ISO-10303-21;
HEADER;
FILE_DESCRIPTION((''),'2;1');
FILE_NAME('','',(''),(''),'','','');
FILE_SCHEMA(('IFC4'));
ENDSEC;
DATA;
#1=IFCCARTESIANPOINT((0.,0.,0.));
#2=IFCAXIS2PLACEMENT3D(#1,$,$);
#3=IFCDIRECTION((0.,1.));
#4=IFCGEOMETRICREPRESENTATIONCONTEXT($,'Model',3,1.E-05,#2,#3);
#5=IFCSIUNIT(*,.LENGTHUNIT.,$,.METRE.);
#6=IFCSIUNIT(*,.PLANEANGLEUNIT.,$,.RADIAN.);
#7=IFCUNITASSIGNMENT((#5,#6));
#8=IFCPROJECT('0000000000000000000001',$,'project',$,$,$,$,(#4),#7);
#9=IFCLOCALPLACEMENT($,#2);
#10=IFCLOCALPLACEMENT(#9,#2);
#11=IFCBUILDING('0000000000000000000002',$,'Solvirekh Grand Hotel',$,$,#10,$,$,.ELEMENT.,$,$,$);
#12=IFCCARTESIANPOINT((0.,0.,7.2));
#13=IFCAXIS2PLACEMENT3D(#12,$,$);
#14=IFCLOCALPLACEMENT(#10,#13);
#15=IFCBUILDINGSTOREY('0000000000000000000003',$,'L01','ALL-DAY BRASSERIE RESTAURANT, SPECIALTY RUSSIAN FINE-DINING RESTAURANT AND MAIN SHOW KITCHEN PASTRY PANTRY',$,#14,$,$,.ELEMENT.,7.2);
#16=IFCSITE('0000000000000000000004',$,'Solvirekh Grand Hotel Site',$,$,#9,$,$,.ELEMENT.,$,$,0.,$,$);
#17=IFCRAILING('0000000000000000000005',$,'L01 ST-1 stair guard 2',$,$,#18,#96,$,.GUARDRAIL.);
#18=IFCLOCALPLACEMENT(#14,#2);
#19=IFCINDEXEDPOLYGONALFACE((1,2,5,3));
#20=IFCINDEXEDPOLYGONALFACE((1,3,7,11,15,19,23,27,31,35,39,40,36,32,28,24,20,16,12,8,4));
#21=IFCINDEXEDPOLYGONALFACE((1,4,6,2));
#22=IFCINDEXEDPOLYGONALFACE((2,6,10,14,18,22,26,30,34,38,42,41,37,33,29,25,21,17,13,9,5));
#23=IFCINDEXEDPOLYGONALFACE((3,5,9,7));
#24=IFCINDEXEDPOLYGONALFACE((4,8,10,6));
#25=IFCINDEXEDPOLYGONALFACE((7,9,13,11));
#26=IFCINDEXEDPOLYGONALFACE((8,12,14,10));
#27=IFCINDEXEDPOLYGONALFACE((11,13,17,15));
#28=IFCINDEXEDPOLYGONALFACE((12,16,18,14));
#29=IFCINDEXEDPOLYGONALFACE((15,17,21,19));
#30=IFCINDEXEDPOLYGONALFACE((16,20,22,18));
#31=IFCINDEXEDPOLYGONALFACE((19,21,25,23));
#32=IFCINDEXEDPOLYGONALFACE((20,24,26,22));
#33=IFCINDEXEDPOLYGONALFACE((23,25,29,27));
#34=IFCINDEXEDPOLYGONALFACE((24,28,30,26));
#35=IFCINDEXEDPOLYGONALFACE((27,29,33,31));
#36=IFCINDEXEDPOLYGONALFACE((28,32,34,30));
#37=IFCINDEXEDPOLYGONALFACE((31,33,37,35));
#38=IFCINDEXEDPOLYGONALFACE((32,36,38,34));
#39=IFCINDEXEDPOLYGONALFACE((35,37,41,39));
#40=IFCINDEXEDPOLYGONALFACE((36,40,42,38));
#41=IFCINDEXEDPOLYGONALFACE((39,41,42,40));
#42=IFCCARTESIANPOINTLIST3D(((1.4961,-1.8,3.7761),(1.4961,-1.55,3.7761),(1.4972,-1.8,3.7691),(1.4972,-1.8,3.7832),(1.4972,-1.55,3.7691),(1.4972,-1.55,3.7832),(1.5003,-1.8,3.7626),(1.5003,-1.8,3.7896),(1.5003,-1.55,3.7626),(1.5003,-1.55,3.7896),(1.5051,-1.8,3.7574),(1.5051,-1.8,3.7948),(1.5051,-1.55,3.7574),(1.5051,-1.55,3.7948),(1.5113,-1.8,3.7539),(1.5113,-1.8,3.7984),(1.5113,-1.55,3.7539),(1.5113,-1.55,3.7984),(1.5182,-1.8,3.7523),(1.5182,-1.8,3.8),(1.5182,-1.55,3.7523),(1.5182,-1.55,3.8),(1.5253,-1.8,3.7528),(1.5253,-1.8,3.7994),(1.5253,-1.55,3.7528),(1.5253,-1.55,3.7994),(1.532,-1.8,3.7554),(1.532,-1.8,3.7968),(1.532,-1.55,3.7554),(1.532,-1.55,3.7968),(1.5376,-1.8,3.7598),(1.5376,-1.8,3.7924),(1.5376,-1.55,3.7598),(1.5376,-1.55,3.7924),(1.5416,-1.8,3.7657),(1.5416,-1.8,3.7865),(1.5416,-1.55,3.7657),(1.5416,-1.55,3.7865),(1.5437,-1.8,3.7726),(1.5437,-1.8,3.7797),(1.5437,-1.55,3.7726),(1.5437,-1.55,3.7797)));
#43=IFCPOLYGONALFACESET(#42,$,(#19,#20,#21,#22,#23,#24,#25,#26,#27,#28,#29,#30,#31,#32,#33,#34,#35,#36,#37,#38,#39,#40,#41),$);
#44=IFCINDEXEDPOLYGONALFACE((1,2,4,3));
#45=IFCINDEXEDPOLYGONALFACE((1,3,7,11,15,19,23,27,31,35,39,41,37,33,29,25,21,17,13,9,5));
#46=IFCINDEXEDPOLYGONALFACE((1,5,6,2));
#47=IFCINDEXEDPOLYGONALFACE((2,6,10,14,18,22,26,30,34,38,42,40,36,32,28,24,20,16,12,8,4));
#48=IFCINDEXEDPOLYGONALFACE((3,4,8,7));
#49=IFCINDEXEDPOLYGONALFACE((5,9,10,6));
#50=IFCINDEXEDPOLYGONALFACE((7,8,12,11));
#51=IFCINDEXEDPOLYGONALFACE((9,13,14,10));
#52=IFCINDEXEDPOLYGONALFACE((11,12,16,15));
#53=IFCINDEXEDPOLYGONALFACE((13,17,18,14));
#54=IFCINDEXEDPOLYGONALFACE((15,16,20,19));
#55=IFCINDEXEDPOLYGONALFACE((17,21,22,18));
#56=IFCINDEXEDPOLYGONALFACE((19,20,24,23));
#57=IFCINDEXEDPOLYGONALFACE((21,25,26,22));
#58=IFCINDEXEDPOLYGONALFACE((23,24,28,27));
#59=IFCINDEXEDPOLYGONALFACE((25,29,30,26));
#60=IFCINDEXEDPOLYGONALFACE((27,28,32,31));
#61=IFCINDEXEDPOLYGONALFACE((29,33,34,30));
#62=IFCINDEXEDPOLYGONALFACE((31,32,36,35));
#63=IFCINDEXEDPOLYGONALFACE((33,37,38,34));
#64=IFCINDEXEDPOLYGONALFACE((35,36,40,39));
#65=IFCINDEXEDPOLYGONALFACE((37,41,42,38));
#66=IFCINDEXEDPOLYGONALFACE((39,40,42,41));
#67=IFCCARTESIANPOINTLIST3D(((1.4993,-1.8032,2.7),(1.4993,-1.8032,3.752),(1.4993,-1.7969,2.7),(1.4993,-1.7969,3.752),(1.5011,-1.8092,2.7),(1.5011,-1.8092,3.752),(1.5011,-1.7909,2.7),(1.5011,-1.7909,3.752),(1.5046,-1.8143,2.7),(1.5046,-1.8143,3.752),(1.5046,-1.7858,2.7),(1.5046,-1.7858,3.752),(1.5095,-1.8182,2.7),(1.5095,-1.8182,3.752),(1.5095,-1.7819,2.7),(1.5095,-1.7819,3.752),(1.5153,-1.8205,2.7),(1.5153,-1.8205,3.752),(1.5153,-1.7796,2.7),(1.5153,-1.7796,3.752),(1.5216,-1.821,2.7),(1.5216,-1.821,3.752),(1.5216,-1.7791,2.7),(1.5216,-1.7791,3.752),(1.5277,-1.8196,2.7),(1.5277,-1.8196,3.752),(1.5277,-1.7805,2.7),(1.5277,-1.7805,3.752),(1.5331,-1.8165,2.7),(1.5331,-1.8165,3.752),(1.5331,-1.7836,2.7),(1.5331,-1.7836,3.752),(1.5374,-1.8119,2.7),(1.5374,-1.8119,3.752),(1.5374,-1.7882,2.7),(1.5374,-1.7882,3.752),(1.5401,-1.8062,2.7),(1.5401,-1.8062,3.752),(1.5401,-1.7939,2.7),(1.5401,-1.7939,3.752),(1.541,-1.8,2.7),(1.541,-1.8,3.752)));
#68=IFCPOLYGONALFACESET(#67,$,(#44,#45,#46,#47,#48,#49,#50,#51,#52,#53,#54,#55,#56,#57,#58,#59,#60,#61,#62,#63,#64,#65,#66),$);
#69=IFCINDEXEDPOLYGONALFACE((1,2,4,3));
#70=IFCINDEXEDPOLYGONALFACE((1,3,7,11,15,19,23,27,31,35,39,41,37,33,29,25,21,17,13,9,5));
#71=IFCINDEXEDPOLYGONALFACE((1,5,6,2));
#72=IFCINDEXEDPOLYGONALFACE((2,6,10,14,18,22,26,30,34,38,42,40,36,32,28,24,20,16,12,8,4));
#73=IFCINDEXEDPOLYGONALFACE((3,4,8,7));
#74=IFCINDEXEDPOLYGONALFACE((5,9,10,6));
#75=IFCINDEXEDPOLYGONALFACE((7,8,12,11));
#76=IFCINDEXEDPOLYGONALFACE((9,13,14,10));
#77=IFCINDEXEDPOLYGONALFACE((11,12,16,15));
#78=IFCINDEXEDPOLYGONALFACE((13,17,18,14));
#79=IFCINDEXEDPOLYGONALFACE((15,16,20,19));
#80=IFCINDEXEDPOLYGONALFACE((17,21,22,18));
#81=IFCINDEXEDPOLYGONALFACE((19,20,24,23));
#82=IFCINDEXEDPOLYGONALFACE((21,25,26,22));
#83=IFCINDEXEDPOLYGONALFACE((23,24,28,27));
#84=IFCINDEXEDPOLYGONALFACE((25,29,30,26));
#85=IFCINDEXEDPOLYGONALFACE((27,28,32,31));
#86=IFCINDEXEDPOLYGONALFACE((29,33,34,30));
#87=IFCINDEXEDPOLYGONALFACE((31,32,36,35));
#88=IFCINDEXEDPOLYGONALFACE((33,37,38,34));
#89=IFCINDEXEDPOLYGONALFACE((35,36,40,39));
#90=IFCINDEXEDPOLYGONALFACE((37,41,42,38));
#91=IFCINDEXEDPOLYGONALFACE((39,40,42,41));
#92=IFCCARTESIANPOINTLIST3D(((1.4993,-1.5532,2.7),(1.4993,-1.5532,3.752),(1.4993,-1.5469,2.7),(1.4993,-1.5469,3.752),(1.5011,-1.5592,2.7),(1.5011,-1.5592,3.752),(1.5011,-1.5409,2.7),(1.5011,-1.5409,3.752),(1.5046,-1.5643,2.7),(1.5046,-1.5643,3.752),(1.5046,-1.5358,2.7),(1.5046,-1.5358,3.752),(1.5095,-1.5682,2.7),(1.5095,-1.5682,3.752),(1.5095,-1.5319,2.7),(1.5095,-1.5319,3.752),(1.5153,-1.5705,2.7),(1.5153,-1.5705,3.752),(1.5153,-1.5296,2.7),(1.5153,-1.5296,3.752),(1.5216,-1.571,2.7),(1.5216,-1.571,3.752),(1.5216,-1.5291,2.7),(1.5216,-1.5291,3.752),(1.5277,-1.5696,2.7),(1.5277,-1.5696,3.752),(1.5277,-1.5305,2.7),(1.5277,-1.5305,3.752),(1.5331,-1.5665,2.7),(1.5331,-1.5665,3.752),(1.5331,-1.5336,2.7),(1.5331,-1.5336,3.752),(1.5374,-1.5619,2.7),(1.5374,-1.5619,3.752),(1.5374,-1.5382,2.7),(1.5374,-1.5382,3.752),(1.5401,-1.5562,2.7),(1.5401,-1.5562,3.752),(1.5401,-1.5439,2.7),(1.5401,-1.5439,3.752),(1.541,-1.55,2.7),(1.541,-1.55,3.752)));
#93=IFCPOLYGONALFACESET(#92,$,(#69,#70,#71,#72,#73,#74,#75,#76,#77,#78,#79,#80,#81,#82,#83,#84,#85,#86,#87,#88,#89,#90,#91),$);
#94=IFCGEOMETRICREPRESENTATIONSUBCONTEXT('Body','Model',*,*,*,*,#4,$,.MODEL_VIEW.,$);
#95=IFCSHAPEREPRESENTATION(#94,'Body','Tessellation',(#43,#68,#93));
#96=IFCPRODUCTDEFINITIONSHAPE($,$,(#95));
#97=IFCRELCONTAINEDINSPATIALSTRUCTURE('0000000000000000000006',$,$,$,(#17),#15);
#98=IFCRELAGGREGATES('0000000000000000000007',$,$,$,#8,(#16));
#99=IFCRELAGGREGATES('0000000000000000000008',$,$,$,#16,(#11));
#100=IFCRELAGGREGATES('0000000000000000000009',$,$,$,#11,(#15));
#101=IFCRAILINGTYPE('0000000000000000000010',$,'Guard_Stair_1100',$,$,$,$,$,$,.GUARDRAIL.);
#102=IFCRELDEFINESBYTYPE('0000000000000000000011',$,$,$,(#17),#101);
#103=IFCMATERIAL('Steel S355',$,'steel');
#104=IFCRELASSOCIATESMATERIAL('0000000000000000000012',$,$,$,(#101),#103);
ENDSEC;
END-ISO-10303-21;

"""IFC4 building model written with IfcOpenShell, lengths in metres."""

from ifc_helpers import new_model, si_unit, direction, frame, origin, origin_2d, place, context, subcontext, project, spatial, circle, extrude, material, type_object, element, save


model = new_model("IFC4")

# Units and contexts
model_context = context("Model", 3, precision=1e-05, world=origin(), true_north=direction((0.0, 1.0)))
body_context = subcontext(model_context, "Body", "Model", "MODEL_VIEW")
ifc_project = project(units=[si_unit("LENGTHUNIT", "METRE"), si_unit("PLANEANGLEUNIT", "RADIAN")], contexts=[model_context])

# Site, building, storey
site_placement = place(None, origin())
site = spatial("IfcSite", under=ifc_project, at=site_placement, Name="Solvirekh Grand Hotel Site", CompositionType="ELEMENT", RefElevation=0.0)
building_placement = place(site_placement, origin())
building = spatial("IfcBuilding", under=site, at=building_placement, Name="Solvirekh Grand Hotel", CompositionType="ELEMENT")
storey_placement = place(building_placement, frame((0.0, 0.0, 7.2)))
storey = spatial("IfcBuildingStorey", under=building, at=storey_placement, Name="L01", Description="ALL-DAY BRASSERIE RESTAURANT, SPECIALTY RUSSIAN FINE-DINING RESTAURANT AND MAIN SHOW KITCHEN PASTRY PANTRY", CompositionType="ELEMENT", Elevation=7.2)

# Shared definitions
ifc_material_1 = material(Name="Steel S355", Category="steel")

# Railing
railing_type_1 = type_object("IfcRailingType", Name="Guard_Stair_1100", PredefinedType="GUARDRAIL", material=ifc_material_1)
railing_1_placement = place(storey_placement, frame((1.52, -1.8, 2.7)))
element("IfcRailing", 1, at=railing_1_placement, inside=storey, type_object=railing_type_1, Name="L01 ST-1 stair guard 2", PredefinedType="GUARDRAIL", context=body_context, shape_type="SweptSolid", body=[
    extrude(circle(Radius=0.0239, at=origin_2d()), frame((0.0, 0.0, 1.0762), z_axis=(0.0, 1.0, 0.0), x_axis=(-1.0, 0.0, 0.0)), (0.0, 0.0, 1.0), 0.25),
    extrude(circle(Radius=0.021, at=origin_2d()), origin(), (0.0, 0.0, 1.0), 1.052),
    extrude(circle(Radius=0.021, at=origin_2d()), frame((0.0, 0.25, 0.0)), (0.0, 0.0, 1.0), 1.052),
])

save(model, "model.ifc")
